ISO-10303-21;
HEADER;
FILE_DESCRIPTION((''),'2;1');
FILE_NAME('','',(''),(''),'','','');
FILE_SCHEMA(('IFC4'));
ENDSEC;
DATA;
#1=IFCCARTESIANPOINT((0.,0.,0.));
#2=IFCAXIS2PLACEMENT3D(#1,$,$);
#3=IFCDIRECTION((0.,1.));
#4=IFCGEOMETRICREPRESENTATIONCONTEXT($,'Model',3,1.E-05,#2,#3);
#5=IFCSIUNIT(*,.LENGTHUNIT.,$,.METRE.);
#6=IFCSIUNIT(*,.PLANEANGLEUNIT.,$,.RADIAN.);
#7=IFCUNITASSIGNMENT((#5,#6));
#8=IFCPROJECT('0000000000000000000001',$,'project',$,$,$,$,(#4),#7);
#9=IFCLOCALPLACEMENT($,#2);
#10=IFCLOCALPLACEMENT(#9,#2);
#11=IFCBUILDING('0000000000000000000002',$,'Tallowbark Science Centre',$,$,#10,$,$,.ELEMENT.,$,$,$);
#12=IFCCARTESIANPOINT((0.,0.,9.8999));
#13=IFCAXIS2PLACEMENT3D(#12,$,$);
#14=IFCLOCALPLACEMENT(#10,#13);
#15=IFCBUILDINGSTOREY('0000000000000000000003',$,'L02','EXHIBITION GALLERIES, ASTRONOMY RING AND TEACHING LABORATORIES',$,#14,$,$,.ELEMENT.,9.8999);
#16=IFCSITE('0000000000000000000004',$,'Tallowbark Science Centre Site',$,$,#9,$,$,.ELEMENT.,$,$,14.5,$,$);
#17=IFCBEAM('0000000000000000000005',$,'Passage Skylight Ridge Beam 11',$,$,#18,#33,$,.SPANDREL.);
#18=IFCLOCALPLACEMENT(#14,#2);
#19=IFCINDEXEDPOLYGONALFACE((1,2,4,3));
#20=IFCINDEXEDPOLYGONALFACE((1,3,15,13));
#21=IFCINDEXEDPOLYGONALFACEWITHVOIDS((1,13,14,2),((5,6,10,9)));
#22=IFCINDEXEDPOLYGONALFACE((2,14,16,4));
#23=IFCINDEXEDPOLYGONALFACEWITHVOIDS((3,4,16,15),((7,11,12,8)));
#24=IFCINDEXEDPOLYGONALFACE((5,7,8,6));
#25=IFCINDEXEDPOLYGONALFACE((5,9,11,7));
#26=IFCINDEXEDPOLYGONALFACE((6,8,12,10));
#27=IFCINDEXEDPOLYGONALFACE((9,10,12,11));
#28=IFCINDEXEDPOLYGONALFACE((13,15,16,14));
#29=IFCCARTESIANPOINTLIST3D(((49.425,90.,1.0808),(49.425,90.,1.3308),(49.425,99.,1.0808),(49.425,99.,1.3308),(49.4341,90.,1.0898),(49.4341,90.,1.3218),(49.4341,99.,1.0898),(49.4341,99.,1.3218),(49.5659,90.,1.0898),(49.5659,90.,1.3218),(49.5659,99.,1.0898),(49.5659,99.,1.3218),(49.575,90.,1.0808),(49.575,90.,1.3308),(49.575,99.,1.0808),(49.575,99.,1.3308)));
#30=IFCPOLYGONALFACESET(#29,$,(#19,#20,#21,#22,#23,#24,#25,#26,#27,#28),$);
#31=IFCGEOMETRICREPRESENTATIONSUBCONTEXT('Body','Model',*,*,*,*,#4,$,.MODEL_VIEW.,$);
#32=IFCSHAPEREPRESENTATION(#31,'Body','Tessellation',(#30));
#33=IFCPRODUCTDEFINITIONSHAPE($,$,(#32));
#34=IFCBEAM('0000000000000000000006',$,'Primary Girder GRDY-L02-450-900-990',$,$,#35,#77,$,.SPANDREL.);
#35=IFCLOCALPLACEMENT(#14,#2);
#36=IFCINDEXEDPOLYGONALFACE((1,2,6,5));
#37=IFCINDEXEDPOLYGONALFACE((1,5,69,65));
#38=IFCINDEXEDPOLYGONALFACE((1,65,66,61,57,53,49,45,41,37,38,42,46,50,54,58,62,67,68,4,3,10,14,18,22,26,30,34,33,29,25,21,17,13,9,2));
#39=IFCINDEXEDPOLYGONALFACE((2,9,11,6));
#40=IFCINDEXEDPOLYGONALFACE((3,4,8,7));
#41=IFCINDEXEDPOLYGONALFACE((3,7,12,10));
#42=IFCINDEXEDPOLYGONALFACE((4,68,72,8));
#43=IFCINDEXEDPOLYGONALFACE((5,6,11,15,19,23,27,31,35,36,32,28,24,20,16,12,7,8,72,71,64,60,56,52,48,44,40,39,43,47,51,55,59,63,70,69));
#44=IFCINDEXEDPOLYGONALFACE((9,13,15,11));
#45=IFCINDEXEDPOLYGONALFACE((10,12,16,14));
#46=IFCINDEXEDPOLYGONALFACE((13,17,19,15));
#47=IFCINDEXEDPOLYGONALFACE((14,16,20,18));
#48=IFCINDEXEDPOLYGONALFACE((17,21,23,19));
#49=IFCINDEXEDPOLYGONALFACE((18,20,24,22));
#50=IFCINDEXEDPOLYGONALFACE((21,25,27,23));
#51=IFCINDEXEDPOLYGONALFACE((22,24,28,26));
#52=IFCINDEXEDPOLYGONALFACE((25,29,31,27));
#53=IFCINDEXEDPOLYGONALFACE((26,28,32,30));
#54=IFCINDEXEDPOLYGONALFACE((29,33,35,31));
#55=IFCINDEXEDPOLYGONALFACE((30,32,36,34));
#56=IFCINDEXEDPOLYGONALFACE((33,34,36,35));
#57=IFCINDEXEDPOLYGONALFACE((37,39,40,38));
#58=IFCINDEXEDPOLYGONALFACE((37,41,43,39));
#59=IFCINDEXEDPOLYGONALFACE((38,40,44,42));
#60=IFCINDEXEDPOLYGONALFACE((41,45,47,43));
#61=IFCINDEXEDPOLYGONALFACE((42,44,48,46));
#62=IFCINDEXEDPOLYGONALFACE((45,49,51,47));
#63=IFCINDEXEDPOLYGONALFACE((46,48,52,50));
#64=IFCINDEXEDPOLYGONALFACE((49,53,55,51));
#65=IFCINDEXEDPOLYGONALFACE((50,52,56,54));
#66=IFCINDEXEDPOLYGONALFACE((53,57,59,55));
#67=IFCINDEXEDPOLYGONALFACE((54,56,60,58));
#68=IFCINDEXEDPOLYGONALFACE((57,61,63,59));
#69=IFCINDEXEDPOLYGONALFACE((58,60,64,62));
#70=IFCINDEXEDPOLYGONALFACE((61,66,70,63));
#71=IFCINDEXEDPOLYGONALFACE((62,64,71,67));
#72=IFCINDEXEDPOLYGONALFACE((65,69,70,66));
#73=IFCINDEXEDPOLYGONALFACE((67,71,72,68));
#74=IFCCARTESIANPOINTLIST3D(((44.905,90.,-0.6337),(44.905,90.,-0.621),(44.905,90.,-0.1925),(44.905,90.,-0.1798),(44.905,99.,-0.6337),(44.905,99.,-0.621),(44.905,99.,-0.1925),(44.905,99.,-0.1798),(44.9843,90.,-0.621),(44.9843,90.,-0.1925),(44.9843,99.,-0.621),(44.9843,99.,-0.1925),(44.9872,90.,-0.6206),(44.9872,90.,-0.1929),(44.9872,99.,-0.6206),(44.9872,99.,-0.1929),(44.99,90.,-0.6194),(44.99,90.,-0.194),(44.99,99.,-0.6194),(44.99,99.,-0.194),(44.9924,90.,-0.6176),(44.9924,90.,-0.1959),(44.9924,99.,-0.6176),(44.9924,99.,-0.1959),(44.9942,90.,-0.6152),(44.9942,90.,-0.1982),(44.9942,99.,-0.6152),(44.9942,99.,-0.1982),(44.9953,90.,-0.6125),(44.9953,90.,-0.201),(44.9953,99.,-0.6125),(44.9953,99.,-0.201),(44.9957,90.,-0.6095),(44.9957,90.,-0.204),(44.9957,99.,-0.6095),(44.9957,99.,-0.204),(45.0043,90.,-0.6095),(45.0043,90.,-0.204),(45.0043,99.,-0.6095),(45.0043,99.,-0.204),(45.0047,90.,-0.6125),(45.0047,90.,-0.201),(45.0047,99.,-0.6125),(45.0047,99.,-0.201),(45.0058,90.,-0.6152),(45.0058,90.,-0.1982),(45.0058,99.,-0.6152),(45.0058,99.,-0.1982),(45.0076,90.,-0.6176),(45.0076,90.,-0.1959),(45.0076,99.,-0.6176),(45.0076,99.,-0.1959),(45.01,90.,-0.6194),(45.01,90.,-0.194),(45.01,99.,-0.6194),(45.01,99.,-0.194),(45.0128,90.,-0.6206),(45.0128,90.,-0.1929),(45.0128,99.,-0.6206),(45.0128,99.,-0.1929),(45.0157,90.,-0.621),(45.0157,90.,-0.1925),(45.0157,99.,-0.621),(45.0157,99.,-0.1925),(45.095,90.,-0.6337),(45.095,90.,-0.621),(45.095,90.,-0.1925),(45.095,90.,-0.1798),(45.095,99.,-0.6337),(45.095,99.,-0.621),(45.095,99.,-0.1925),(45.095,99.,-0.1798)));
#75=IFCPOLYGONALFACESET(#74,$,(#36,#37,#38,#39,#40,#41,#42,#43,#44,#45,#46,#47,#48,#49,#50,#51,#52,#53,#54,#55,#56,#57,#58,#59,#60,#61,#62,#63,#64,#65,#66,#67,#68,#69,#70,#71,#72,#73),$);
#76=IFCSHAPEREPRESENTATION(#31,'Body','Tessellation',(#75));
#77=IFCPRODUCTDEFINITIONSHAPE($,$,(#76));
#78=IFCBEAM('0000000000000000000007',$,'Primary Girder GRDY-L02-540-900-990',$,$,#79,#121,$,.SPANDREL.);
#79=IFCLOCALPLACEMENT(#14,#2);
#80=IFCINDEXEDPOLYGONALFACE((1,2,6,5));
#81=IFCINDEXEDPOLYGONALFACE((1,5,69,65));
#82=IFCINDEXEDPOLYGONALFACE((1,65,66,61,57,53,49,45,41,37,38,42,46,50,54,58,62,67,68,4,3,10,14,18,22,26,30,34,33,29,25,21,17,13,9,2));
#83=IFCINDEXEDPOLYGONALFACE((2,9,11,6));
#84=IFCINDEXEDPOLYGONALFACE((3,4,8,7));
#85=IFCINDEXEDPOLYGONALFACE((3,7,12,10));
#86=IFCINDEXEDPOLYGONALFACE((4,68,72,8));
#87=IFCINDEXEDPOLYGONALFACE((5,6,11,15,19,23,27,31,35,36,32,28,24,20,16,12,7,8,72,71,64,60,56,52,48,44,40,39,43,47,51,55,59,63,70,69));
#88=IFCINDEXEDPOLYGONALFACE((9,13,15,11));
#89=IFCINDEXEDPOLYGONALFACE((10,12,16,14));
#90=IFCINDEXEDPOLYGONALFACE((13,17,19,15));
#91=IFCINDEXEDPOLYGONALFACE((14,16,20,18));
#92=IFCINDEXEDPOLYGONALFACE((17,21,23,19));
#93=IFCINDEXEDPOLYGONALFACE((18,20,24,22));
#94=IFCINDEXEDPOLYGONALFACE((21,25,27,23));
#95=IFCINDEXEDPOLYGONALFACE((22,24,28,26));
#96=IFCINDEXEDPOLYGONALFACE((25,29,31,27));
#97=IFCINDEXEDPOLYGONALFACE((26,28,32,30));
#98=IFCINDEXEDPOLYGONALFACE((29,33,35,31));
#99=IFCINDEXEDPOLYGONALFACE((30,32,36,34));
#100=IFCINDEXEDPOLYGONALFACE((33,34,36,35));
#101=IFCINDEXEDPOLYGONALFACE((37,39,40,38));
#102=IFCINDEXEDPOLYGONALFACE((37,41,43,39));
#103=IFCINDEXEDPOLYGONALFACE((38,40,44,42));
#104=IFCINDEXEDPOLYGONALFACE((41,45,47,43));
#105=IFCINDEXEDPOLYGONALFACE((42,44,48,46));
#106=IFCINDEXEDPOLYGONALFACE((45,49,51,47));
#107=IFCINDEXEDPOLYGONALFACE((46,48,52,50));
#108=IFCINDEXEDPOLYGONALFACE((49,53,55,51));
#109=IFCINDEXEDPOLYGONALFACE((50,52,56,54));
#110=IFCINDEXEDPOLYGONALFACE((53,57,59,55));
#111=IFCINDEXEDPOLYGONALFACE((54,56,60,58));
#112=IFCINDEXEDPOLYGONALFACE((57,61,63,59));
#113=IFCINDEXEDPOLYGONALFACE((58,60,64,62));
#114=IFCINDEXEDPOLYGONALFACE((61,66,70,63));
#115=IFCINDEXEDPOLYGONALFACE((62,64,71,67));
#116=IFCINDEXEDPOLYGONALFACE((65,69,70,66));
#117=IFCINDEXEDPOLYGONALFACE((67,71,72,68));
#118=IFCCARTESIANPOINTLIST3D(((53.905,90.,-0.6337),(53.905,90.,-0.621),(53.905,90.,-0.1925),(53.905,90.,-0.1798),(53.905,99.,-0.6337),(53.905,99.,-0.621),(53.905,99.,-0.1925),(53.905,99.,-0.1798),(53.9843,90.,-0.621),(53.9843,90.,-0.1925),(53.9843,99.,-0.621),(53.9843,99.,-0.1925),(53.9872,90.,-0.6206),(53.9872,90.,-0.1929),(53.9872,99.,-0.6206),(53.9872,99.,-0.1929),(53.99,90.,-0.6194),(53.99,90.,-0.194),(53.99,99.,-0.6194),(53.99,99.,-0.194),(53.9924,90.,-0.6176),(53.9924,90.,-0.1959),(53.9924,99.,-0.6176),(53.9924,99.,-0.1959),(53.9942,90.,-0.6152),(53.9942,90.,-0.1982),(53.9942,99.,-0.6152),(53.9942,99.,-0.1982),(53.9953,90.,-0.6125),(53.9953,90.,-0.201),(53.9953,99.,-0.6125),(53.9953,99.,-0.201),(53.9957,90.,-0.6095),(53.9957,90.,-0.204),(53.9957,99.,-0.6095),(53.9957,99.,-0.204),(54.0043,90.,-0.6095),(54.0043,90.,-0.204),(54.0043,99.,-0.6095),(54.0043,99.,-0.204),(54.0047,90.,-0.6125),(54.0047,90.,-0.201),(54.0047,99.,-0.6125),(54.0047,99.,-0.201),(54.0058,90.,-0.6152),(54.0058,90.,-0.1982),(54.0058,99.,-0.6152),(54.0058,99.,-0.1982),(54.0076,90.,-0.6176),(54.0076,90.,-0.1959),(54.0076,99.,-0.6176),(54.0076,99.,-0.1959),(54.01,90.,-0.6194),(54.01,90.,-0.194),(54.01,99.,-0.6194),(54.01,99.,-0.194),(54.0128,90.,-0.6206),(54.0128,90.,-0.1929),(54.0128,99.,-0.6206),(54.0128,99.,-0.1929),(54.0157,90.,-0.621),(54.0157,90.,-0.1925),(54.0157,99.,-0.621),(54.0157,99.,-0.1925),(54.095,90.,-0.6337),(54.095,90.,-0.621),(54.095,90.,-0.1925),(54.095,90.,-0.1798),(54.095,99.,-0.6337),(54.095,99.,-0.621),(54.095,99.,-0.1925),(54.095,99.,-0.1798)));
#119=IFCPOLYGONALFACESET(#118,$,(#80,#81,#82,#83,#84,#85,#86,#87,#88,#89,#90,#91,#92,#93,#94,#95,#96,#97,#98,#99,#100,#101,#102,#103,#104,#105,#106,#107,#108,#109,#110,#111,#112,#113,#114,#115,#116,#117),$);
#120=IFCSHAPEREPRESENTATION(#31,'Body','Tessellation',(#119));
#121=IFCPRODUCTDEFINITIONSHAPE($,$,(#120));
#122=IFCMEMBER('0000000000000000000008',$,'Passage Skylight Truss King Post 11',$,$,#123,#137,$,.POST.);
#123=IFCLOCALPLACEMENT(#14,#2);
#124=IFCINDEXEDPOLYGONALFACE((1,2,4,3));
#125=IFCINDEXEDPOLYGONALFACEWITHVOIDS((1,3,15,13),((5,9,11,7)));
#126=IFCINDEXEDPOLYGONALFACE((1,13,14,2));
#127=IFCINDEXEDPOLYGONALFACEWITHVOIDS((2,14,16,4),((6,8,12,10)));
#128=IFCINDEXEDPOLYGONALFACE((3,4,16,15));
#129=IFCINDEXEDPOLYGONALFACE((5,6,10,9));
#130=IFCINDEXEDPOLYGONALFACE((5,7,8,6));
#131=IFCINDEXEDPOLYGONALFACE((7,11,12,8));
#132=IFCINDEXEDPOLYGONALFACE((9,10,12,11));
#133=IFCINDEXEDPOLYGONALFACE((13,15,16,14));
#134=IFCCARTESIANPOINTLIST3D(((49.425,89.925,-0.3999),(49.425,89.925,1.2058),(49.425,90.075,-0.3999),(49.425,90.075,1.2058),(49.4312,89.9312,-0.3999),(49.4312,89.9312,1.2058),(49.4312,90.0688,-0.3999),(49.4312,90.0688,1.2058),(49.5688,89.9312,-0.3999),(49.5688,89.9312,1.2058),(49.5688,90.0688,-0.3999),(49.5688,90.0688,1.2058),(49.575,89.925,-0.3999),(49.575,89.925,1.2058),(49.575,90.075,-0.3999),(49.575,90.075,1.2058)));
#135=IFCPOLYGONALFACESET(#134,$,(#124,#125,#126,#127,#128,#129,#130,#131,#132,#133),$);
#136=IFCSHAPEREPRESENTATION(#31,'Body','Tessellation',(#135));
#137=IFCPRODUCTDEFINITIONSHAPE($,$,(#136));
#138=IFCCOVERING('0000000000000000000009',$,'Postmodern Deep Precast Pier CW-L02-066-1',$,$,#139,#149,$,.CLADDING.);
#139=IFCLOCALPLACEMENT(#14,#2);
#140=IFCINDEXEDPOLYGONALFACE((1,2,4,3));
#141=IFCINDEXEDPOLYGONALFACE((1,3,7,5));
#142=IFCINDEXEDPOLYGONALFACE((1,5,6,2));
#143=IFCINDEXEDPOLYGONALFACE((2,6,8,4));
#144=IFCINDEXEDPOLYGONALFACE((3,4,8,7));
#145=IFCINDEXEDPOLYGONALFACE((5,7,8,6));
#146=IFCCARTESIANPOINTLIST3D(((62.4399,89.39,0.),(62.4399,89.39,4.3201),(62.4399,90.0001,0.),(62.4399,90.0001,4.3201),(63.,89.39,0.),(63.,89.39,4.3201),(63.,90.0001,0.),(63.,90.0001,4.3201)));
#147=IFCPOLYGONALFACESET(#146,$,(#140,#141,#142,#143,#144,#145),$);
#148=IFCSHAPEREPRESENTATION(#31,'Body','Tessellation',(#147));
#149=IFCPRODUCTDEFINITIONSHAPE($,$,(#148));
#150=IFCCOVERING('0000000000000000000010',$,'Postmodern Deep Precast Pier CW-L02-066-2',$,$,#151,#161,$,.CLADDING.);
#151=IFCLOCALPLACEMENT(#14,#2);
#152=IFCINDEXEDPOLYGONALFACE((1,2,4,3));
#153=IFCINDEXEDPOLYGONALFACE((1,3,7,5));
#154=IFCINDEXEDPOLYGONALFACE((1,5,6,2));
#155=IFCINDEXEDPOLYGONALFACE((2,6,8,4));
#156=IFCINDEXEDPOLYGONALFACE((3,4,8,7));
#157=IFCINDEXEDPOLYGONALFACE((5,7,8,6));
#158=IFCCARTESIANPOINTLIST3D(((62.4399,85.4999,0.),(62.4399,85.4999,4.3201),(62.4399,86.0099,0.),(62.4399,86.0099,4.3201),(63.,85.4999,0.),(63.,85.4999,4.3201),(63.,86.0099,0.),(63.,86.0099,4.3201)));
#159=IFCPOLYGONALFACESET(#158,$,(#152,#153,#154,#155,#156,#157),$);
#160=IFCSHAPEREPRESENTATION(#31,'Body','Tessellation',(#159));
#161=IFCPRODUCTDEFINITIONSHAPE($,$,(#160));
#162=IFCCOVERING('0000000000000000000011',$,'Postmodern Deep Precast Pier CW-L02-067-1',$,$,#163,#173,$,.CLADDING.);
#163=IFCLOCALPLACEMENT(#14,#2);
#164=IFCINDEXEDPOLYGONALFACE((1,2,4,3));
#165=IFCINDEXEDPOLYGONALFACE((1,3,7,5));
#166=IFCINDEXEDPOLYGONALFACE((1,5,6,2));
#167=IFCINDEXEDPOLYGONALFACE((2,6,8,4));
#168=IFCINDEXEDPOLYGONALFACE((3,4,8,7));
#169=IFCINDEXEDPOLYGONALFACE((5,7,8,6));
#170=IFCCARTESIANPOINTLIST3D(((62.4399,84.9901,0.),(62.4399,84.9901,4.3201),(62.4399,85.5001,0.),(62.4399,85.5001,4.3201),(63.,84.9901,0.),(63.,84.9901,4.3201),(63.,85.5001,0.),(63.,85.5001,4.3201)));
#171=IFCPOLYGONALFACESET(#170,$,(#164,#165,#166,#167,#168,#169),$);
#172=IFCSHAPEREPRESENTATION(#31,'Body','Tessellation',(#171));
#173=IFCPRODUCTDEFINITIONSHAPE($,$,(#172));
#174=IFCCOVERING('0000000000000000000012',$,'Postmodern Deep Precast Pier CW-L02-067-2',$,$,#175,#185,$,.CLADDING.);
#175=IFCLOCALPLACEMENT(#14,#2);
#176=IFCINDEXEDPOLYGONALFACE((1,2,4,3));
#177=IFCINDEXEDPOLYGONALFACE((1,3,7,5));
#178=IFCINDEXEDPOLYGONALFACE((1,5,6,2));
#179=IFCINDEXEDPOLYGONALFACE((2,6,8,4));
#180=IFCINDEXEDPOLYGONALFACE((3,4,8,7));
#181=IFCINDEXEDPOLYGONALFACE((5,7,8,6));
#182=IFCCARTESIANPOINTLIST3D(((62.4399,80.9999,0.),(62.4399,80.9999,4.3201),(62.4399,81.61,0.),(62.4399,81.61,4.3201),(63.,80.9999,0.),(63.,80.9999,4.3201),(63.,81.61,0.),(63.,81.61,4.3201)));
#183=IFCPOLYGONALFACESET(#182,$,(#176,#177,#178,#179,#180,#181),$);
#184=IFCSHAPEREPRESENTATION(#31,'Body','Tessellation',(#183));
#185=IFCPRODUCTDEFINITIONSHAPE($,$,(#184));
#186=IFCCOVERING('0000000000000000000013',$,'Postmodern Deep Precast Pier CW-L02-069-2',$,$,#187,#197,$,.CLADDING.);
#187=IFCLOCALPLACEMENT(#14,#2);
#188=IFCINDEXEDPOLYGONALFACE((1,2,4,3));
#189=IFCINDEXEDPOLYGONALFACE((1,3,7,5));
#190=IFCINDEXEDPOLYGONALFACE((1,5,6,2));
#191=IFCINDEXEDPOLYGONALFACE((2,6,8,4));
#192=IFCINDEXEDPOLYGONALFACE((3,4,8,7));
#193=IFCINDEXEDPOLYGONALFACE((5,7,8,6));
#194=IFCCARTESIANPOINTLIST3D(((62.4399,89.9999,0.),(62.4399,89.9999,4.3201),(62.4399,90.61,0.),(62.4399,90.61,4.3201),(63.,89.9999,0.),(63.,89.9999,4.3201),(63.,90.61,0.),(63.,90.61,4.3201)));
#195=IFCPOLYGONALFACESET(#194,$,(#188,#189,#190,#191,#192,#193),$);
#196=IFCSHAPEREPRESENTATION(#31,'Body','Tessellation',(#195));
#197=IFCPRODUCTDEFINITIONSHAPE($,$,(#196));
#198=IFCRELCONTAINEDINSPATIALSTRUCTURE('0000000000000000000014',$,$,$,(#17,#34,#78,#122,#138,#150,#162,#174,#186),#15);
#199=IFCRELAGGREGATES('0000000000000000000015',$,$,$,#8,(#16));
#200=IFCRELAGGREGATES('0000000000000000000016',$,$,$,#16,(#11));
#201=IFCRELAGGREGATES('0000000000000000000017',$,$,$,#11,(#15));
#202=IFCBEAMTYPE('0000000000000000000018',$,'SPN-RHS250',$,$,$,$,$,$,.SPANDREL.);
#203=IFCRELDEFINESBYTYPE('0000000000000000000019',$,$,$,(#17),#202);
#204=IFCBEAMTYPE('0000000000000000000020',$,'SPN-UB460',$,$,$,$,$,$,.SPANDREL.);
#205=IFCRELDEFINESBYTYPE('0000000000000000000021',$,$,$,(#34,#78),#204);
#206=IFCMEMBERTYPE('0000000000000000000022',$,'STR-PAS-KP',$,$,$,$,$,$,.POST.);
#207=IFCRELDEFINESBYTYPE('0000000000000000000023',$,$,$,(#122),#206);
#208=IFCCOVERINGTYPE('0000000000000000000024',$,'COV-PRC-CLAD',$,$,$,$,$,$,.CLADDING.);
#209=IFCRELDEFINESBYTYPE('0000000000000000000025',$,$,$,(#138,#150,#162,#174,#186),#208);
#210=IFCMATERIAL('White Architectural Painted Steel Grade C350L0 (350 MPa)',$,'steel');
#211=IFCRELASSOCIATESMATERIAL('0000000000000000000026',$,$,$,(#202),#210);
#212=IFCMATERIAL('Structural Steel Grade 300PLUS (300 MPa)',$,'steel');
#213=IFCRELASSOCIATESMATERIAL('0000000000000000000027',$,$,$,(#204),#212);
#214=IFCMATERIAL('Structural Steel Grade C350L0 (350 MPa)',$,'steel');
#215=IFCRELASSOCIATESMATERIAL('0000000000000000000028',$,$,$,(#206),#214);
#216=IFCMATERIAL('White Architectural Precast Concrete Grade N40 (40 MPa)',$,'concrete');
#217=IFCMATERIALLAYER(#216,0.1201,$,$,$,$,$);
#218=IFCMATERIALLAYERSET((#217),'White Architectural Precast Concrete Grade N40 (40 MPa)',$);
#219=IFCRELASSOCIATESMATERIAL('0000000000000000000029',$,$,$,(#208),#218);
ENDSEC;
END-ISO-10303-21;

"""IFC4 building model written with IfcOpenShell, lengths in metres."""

from ifc_helpers import new_model, si_unit, direction, frame, origin, origin_2d, place, context, subcontext, project, spatial, rectangle, hollow_rectangle, i_section, extrude, material, layer, layer_set, material_profile, profile_set, type_object, element, save


model = new_model("IFC4")

# Units and contexts
model_context = context("Model", 3, precision=1e-05, world=origin(), true_north=direction((0.0, 1.0)))
body_context = subcontext(model_context, "Body", "Model", "MODEL_VIEW")
ifc_project = project(units=[si_unit("LENGTHUNIT", "METRE"), si_unit("PLANEANGLEUNIT", "RADIAN")], contexts=[model_context])

# Site, building, storey
site_placement = place(None, origin())
site = spatial("IfcSite", under=ifc_project, at=site_placement, Name="Tallowbark Science Centre Site", CompositionType="ELEMENT", RefElevation=14.5)
building_placement = place(site_placement, origin())
building = spatial("IfcBuilding", under=site, at=building_placement, Name="Tallowbark Science Centre", CompositionType="ELEMENT")
storey_placement = place(building_placement, frame((0.0, 0.0, 9.8999)))
storey = spatial("IfcBuildingStorey", under=building, at=storey_placement, Name="L02", Description="EXHIBITION GALLERIES, ASTRONOMY RING AND TEACHING LABORATORIES", CompositionType="ELEMENT", Elevation=9.8999)

# Shared definitions
ifc_material_1 = material(Name="Structural Steel Grade 300PLUS (300 MPa)", Category="steel")

# Shared definitions
ifc_material_2 = material(Name="Structural Steel Grade C350L0 (350 MPa)", Category="steel")

# Beams
ifc_material_3 = material(Name="White Architectural Painted Steel Grade C350L0 (350 MPa)", Category="steel")
ifc_material_profile_1 = material_profile(ifc_material_3, hollow_rectangle(XDim=0.1499, YDim=0.25, WallThickness=0.009, at=origin_2d()), Name="250x150x9.0RHS")
ifc_profile_set_1 = profile_set([ifc_material_profile_1], Name="White Architectural Painted Steel Grade C350L0 (350 MPa)")
beam_type_1 = type_object("IfcBeamType", Name="SPN-RHS250", PredefinedType="SPANDREL", material=ifc_profile_set_1)
beam_1_placement = place(storey_placement, frame((49.5, 90.0, 1.2058), z_axis=(0.0, 1.0, 0.0), x_axis=(-1.0, 0.0, 0.0)))
element("IfcBeam", 1, at=beam_1_placement, inside=storey, type_object=beam_type_1, Name="Passage Skylight Ridge Beam 11", PredefinedType="SPANDREL", context=body_context, shape_type="SweptSolid", body=[
    extrude(hollow_rectangle(XDim=0.1499, YDim=0.25, WallThickness=0.009, at=origin_2d()), origin(), (0.0, 0.0, 1.0), 9.0),
])
ifc_material_profile_2 = material_profile(ifc_material_1, i_section(OverallWidth=0.1899, OverallDepth=0.4539, WebThickness=0.0085, FlangeThickness=0.0127, FilletRadius=0.0115, at=origin_2d()), Name="460UB67.1")
ifc_profile_set_2 = profile_set([ifc_material_profile_2], Name="Structural Steel Grade 300PLUS (300 MPa)")
beam_type_2 = type_object("IfcBeamType", Name="SPN-UB460", PredefinedType="SPANDREL", material=ifc_profile_set_2)
for number, where, z_axis, x_axis, name in (
    (2, (45.0, 90.0, -0.4067), (0.0, 1.0, 0.0), (-1.0, 0.0, 0.0), "Primary Girder GRDY-L02-450-900-990"),
    (3, (54.0, 90.0, -0.4067), (0.0, 1.0, 0.0), (-1.0, 0.0, 0.0), "Primary Girder GRDY-L02-540-900-990"),
):
    element("IfcBeam", number, at=place(storey_placement, frame(where, z_axis=z_axis, x_axis=x_axis)), inside=storey, type_object=beam_type_2, Name=name, PredefinedType="SPANDREL", context=body_context, shape_type="SweptSolid", body=[
        extrude(i_section(OverallWidth=0.1899, OverallDepth=0.4539, WebThickness=0.0085, FlangeThickness=0.0127, FilletRadius=0.0115, at=origin_2d()), origin(), (0.0, 0.0, 1.0), 9.0),
    ])

# Member
ifc_material_profile_3 = material_profile(ifc_material_2, hollow_rectangle(XDim=0.1499, YDim=0.1499, WallThickness=0.0061, at=origin_2d()), Name="150x150x6.0SHS")
ifc_profile_set_3 = profile_set([ifc_material_profile_3], Name="Structural Steel Grade C350L0 (350 MPa)")
member_type_1 = type_object("IfcMemberType", Name="STR-PAS-KP", PredefinedType="POST", material=ifc_profile_set_3)
member_1_placement = place(storey_placement, frame((49.5, 90.0, -0.3999), z_axis=(0.0, 0.0, 1.0), x_axis=(1.0, 0.0, 0.0)))
element("IfcMember", 4, at=member_1_placement, inside=storey, type_object=member_type_1, Name="Passage Skylight Truss King Post 11", PredefinedType="POST", context=body_context, shape_type="SweptSolid", body=[
    extrude(hollow_rectangle(XDim=0.1499, YDim=0.1499, WallThickness=0.0061, at=origin_2d()), origin(), (0.0, 0.0, 1.0), 1.6057),
])

# Coverings
ifc_material_4 = material(Name="White Architectural Precast Concrete Grade N40 (40 MPa)", Category="concrete")
ifc_layer_1 = layer(ifc_material_4, 0.1201)
ifc_layer_set_1 = layer_set([ifc_layer_1], Name="White Architectural Precast Concrete Grade N40 (40 MPa)")
covering_type_1 = type_object("IfcCoveringType", Name="COV-PRC-CLAD", PredefinedType="CLADDING", material=ifc_layer_set_1)
covering_placement = place(storey_placement, frame((62.72, 89.6951, 0.0), z_axis=(0.0, 0.0, 1.0), x_axis=(0.0, -1.0, 0.0)))
element("IfcCovering", 5, at=covering_placement, inside=storey, type_object=covering_type_1, Name="Postmodern Deep Precast Pier CW-L02-066-1", PredefinedType="CLADDING", context=body_context, shape_type="SweptSolid", body=[
    extrude(rectangle(XDim=0.6101, YDim=0.5601, at=origin_2d()), origin(), (0.0, 0.0, 1.0), 4.3201),
])
for number, where, z_axis, x_axis, name in (
    (6, (62.72, 85.7549, 0.0), (0.0, 0.0, 1.0), (0.0, -1.0, 0.0), "Postmodern Deep Precast Pier CW-L02-066-2"),
    (7, (62.72, 85.2451, 0.0), (0.0, 0.0, 1.0), (0.0, -1.0, 0.0), "Postmodern Deep Precast Pier CW-L02-067-1"),
):
    element("IfcCovering", number, at=place(storey_placement, frame(where, z_axis=z_axis, x_axis=x_axis)), inside=storey, type_object=covering_type_1, Name=name, PredefinedType="CLADDING", context=body_context, shape_type="SweptSolid", body=[
        extrude(rectangle(XDim=0.51, YDim=0.5601, at=origin_2d()), origin(), (0.0, 0.0, 1.0), 4.3201),
    ])
for number, where, z_axis, x_axis, name in (
    (8, (62.72, 81.3049, 0.0), (0.0, 0.0, 1.0), (0.0, -1.0, 0.0), "Postmodern Deep Precast Pier CW-L02-067-2"),
    (9, (62.72, 90.3049, 0.0), (0.0, 0.0, 1.0), (0.0, -1.0, 0.0), "Postmodern Deep Precast Pier CW-L02-069-2"),
):
    element("IfcCovering", number, at=place(storey_placement, frame(where, z_axis=z_axis, x_axis=x_axis)), inside=storey, type_object=covering_type_1, Name=name, PredefinedType="CLADDING", context=body_context, shape_type="SweptSolid", body=[
        extrude(rectangle(XDim=0.6101, YDim=0.5601, at=origin_2d()), origin(), (0.0, 0.0, 1.0), 4.3201),
    ])

save(model, "model.ifc")
